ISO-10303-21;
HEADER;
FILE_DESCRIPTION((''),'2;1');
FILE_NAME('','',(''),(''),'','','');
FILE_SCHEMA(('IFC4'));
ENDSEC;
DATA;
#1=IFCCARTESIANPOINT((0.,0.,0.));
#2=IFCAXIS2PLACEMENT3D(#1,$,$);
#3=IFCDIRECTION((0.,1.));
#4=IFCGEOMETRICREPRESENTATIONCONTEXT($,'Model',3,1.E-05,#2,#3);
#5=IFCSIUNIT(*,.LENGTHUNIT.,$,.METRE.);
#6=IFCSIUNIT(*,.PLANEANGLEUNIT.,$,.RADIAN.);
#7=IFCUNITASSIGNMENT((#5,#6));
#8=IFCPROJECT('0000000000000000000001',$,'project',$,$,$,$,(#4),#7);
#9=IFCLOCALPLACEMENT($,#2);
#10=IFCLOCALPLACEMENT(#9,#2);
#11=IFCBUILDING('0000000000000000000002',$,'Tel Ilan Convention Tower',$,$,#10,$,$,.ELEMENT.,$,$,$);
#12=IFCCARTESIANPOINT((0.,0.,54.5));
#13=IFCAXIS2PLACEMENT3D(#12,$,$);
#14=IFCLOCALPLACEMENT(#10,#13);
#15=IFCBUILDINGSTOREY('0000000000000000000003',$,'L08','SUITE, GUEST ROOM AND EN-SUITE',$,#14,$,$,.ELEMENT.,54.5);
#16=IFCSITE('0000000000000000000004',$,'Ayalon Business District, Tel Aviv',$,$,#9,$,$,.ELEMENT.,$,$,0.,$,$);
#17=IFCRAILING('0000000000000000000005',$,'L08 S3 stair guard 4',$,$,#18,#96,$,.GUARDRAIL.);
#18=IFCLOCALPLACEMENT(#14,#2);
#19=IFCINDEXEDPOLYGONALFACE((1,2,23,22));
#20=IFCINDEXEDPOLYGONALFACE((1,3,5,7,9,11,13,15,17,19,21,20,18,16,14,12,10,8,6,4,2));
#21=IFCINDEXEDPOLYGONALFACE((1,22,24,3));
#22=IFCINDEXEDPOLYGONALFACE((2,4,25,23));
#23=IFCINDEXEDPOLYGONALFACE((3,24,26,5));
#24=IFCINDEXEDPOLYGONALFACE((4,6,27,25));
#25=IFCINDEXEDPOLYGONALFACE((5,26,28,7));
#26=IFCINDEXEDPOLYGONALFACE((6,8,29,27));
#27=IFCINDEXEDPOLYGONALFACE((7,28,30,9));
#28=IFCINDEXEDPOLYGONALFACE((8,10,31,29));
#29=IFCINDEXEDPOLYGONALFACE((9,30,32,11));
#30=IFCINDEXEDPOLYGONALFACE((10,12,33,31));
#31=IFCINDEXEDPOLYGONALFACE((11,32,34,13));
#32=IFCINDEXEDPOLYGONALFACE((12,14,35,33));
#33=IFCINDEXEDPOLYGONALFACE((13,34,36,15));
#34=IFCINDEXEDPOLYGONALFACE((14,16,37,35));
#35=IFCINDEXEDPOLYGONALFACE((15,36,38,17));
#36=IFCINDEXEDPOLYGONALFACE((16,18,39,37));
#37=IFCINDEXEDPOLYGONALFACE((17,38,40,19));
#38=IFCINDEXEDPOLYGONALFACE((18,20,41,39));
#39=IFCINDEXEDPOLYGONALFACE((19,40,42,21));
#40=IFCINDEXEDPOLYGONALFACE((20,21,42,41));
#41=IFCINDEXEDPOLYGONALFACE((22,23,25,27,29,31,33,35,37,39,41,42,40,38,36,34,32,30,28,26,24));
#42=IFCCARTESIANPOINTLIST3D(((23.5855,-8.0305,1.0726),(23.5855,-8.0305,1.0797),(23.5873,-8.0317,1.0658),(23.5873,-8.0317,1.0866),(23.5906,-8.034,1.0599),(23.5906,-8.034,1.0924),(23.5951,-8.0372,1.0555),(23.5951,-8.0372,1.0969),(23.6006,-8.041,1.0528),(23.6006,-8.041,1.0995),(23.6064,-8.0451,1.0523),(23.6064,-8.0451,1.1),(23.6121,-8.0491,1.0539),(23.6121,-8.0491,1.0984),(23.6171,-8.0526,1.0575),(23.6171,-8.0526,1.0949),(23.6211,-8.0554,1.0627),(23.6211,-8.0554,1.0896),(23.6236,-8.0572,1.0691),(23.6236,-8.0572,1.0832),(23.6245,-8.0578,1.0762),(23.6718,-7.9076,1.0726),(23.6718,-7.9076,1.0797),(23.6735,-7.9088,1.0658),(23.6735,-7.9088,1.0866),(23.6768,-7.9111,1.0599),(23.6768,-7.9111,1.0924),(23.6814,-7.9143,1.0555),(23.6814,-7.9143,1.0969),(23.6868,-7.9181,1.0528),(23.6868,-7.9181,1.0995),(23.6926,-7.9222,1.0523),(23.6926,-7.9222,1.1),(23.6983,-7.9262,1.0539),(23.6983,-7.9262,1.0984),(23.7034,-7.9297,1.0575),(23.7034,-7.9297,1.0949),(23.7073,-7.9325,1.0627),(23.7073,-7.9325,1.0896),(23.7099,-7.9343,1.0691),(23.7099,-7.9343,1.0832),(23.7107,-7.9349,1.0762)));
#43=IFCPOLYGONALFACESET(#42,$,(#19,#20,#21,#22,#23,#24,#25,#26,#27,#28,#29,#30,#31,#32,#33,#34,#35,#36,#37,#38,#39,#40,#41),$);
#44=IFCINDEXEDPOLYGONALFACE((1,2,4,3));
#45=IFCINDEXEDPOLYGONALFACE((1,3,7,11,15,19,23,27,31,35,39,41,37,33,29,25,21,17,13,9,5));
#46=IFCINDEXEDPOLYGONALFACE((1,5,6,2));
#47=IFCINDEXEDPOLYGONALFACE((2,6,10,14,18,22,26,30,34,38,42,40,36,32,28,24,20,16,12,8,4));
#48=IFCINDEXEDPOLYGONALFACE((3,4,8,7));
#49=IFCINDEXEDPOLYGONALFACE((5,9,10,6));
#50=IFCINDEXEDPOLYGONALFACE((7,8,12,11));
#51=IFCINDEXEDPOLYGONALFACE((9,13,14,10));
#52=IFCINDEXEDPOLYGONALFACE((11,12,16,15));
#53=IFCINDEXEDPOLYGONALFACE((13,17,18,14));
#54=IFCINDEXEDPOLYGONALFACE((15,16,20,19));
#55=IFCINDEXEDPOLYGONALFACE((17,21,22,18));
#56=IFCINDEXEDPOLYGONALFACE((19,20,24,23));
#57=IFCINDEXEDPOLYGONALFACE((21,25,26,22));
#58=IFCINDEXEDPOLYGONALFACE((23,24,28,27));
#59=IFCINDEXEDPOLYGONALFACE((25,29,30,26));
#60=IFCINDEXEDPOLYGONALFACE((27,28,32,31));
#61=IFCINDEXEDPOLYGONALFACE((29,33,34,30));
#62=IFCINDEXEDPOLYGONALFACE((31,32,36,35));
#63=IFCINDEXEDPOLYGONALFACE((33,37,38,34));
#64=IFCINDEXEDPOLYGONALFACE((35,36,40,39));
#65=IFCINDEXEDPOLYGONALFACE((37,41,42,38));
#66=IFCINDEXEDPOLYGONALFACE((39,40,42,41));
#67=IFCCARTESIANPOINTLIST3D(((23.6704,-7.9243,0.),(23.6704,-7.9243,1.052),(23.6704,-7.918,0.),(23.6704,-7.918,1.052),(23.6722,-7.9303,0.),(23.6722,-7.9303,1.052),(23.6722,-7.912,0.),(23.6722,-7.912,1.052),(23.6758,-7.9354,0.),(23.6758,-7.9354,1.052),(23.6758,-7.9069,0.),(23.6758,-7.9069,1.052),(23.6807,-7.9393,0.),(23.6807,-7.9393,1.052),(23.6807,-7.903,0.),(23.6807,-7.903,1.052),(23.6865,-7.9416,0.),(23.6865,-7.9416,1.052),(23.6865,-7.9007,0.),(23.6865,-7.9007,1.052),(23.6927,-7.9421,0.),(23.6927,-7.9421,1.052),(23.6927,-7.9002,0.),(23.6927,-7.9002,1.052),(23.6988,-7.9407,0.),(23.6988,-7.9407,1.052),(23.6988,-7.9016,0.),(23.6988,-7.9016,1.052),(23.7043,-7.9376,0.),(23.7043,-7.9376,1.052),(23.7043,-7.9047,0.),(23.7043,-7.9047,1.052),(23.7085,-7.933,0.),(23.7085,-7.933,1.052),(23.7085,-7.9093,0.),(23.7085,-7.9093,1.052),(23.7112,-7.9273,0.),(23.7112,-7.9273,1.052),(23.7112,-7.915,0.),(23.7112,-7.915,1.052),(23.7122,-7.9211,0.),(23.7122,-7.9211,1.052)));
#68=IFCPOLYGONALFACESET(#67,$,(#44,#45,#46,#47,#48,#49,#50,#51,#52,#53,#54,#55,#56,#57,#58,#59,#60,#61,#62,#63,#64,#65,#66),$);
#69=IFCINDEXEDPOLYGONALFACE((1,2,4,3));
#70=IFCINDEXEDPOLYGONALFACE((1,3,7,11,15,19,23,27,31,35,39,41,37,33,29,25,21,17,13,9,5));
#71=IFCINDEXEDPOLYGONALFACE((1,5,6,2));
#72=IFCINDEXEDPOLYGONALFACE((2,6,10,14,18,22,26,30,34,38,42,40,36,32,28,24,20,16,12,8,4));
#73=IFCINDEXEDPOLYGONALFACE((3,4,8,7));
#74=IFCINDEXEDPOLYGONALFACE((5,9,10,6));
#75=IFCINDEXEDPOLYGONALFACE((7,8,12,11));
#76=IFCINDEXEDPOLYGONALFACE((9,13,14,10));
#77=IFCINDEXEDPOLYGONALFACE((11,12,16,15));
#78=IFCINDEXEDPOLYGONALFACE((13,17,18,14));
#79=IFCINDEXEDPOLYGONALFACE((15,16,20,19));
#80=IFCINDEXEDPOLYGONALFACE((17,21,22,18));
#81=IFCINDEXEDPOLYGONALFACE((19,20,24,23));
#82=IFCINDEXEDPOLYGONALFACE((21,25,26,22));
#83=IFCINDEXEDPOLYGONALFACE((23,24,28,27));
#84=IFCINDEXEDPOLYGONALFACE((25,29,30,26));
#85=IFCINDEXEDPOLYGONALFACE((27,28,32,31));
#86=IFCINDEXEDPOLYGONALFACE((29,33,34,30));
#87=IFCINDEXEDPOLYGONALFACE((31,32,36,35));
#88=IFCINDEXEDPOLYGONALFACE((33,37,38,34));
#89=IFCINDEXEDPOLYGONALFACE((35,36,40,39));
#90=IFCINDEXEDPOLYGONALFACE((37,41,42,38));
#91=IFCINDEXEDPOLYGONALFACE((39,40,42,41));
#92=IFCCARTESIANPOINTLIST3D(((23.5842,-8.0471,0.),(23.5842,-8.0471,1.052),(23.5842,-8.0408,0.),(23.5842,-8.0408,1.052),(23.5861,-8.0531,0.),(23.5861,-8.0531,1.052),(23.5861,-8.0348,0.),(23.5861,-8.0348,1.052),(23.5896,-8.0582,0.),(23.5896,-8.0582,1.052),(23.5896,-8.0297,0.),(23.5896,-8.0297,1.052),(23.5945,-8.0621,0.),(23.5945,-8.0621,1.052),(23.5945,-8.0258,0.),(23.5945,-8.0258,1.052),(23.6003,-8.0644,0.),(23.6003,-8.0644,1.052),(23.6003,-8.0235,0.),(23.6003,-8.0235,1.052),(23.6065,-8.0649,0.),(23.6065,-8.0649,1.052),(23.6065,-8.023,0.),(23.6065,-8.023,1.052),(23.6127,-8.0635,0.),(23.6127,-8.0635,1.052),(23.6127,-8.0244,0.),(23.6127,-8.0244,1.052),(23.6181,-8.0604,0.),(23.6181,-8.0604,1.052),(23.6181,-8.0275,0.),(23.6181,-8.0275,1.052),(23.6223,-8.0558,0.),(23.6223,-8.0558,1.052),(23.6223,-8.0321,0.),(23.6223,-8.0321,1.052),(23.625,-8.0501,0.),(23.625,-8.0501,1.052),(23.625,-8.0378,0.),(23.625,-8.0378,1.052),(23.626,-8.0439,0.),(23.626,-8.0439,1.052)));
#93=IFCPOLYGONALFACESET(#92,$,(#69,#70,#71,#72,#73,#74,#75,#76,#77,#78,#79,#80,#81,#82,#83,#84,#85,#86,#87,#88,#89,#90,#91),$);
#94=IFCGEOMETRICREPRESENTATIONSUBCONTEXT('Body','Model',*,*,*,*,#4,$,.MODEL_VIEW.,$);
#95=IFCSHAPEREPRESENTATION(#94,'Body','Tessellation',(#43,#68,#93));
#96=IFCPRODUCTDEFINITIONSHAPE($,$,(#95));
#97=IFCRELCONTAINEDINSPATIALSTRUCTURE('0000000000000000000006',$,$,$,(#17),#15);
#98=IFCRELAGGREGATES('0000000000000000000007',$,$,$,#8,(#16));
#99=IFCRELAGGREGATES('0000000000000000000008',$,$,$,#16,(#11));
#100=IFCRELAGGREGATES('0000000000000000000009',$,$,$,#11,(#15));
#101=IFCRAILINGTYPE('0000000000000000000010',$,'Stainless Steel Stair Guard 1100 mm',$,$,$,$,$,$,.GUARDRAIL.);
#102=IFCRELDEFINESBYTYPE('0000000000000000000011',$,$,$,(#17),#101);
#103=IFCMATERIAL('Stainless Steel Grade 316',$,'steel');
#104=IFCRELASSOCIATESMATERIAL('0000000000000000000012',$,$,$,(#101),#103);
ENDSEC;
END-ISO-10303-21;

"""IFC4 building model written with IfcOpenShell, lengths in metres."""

from ifc_helpers import new_model, si_unit, direction, frame, origin, origin_2d, place, context, subcontext, project, spatial, circle, extrude, material, type_object, element, save


model = new_model("IFC4")

# Units and contexts
model_context = context("Model", 3, precision=1e-05, world=origin(), true_north=direction((0.0, 1.0)))
body_context = subcontext(model_context, "Body", "Model", "MODEL_VIEW")
ifc_project = project(units=[si_unit("LENGTHUNIT", "METRE"), si_unit("PLANEANGLEUNIT", "RADIAN")], contexts=[model_context])

# Site, building, storey
site_placement = place(None, origin())
site = spatial("IfcSite", under=ifc_project, at=site_placement, Name="Ayalon Business District, Tel Aviv", CompositionType="ELEMENT", RefElevation=0.0)
building_placement = place(site_placement, origin())
building = spatial("IfcBuilding", under=site, at=building_placement, Name="Tel Ilan Convention Tower", CompositionType="ELEMENT")
storey_placement = place(building_placement, frame((0.0, 0.0, 54.5)))
storey = spatial("IfcBuildingStorey", under=building, at=storey_placement, Name="L08", Description="SUITE, GUEST ROOM AND EN-SUITE", CompositionType="ELEMENT", Elevation=54.5)

# Railing
ifc_material_1 = material(Name="Stainless Steel Grade 316", Category="steel")
railing_type_1 = type_object("IfcRailingType", Name="Stainless Steel Stair Guard 1100 mm", PredefinedType="GUARDRAIL", material=ifc_material_1)
railing_1_placement = place(storey_placement, frame((23.6912, -7.9211, 0.0)))
element("IfcRailing", 1, at=railing_1_placement, inside=storey, type_object=railing_type_1, Name="L08 S3 stair guard 4", PredefinedType="GUARDRAIL", context=body_context, shape_type="SweptSolid", body=[
    extrude(circle(Radius=0.0239, at=origin_2d()), frame((0.0, 0.0, 1.0762), z_axis=(-0.574445, -0.818543, 0.0), x_axis=(0.818543, -0.574445, 0.0)), (0.0, 0.0, 1.0), 0.1501),
    extrude(circle(Radius=0.021, at=origin_2d()), origin(), (0.0, 0.0, 1.0), 1.052),
    extrude(circle(Radius=0.021, at=origin_2d()), frame((-0.0862, -0.1228, 0.0)), (0.0, 0.0, 1.0), 1.052),
])

save(model, "model.ifc")
